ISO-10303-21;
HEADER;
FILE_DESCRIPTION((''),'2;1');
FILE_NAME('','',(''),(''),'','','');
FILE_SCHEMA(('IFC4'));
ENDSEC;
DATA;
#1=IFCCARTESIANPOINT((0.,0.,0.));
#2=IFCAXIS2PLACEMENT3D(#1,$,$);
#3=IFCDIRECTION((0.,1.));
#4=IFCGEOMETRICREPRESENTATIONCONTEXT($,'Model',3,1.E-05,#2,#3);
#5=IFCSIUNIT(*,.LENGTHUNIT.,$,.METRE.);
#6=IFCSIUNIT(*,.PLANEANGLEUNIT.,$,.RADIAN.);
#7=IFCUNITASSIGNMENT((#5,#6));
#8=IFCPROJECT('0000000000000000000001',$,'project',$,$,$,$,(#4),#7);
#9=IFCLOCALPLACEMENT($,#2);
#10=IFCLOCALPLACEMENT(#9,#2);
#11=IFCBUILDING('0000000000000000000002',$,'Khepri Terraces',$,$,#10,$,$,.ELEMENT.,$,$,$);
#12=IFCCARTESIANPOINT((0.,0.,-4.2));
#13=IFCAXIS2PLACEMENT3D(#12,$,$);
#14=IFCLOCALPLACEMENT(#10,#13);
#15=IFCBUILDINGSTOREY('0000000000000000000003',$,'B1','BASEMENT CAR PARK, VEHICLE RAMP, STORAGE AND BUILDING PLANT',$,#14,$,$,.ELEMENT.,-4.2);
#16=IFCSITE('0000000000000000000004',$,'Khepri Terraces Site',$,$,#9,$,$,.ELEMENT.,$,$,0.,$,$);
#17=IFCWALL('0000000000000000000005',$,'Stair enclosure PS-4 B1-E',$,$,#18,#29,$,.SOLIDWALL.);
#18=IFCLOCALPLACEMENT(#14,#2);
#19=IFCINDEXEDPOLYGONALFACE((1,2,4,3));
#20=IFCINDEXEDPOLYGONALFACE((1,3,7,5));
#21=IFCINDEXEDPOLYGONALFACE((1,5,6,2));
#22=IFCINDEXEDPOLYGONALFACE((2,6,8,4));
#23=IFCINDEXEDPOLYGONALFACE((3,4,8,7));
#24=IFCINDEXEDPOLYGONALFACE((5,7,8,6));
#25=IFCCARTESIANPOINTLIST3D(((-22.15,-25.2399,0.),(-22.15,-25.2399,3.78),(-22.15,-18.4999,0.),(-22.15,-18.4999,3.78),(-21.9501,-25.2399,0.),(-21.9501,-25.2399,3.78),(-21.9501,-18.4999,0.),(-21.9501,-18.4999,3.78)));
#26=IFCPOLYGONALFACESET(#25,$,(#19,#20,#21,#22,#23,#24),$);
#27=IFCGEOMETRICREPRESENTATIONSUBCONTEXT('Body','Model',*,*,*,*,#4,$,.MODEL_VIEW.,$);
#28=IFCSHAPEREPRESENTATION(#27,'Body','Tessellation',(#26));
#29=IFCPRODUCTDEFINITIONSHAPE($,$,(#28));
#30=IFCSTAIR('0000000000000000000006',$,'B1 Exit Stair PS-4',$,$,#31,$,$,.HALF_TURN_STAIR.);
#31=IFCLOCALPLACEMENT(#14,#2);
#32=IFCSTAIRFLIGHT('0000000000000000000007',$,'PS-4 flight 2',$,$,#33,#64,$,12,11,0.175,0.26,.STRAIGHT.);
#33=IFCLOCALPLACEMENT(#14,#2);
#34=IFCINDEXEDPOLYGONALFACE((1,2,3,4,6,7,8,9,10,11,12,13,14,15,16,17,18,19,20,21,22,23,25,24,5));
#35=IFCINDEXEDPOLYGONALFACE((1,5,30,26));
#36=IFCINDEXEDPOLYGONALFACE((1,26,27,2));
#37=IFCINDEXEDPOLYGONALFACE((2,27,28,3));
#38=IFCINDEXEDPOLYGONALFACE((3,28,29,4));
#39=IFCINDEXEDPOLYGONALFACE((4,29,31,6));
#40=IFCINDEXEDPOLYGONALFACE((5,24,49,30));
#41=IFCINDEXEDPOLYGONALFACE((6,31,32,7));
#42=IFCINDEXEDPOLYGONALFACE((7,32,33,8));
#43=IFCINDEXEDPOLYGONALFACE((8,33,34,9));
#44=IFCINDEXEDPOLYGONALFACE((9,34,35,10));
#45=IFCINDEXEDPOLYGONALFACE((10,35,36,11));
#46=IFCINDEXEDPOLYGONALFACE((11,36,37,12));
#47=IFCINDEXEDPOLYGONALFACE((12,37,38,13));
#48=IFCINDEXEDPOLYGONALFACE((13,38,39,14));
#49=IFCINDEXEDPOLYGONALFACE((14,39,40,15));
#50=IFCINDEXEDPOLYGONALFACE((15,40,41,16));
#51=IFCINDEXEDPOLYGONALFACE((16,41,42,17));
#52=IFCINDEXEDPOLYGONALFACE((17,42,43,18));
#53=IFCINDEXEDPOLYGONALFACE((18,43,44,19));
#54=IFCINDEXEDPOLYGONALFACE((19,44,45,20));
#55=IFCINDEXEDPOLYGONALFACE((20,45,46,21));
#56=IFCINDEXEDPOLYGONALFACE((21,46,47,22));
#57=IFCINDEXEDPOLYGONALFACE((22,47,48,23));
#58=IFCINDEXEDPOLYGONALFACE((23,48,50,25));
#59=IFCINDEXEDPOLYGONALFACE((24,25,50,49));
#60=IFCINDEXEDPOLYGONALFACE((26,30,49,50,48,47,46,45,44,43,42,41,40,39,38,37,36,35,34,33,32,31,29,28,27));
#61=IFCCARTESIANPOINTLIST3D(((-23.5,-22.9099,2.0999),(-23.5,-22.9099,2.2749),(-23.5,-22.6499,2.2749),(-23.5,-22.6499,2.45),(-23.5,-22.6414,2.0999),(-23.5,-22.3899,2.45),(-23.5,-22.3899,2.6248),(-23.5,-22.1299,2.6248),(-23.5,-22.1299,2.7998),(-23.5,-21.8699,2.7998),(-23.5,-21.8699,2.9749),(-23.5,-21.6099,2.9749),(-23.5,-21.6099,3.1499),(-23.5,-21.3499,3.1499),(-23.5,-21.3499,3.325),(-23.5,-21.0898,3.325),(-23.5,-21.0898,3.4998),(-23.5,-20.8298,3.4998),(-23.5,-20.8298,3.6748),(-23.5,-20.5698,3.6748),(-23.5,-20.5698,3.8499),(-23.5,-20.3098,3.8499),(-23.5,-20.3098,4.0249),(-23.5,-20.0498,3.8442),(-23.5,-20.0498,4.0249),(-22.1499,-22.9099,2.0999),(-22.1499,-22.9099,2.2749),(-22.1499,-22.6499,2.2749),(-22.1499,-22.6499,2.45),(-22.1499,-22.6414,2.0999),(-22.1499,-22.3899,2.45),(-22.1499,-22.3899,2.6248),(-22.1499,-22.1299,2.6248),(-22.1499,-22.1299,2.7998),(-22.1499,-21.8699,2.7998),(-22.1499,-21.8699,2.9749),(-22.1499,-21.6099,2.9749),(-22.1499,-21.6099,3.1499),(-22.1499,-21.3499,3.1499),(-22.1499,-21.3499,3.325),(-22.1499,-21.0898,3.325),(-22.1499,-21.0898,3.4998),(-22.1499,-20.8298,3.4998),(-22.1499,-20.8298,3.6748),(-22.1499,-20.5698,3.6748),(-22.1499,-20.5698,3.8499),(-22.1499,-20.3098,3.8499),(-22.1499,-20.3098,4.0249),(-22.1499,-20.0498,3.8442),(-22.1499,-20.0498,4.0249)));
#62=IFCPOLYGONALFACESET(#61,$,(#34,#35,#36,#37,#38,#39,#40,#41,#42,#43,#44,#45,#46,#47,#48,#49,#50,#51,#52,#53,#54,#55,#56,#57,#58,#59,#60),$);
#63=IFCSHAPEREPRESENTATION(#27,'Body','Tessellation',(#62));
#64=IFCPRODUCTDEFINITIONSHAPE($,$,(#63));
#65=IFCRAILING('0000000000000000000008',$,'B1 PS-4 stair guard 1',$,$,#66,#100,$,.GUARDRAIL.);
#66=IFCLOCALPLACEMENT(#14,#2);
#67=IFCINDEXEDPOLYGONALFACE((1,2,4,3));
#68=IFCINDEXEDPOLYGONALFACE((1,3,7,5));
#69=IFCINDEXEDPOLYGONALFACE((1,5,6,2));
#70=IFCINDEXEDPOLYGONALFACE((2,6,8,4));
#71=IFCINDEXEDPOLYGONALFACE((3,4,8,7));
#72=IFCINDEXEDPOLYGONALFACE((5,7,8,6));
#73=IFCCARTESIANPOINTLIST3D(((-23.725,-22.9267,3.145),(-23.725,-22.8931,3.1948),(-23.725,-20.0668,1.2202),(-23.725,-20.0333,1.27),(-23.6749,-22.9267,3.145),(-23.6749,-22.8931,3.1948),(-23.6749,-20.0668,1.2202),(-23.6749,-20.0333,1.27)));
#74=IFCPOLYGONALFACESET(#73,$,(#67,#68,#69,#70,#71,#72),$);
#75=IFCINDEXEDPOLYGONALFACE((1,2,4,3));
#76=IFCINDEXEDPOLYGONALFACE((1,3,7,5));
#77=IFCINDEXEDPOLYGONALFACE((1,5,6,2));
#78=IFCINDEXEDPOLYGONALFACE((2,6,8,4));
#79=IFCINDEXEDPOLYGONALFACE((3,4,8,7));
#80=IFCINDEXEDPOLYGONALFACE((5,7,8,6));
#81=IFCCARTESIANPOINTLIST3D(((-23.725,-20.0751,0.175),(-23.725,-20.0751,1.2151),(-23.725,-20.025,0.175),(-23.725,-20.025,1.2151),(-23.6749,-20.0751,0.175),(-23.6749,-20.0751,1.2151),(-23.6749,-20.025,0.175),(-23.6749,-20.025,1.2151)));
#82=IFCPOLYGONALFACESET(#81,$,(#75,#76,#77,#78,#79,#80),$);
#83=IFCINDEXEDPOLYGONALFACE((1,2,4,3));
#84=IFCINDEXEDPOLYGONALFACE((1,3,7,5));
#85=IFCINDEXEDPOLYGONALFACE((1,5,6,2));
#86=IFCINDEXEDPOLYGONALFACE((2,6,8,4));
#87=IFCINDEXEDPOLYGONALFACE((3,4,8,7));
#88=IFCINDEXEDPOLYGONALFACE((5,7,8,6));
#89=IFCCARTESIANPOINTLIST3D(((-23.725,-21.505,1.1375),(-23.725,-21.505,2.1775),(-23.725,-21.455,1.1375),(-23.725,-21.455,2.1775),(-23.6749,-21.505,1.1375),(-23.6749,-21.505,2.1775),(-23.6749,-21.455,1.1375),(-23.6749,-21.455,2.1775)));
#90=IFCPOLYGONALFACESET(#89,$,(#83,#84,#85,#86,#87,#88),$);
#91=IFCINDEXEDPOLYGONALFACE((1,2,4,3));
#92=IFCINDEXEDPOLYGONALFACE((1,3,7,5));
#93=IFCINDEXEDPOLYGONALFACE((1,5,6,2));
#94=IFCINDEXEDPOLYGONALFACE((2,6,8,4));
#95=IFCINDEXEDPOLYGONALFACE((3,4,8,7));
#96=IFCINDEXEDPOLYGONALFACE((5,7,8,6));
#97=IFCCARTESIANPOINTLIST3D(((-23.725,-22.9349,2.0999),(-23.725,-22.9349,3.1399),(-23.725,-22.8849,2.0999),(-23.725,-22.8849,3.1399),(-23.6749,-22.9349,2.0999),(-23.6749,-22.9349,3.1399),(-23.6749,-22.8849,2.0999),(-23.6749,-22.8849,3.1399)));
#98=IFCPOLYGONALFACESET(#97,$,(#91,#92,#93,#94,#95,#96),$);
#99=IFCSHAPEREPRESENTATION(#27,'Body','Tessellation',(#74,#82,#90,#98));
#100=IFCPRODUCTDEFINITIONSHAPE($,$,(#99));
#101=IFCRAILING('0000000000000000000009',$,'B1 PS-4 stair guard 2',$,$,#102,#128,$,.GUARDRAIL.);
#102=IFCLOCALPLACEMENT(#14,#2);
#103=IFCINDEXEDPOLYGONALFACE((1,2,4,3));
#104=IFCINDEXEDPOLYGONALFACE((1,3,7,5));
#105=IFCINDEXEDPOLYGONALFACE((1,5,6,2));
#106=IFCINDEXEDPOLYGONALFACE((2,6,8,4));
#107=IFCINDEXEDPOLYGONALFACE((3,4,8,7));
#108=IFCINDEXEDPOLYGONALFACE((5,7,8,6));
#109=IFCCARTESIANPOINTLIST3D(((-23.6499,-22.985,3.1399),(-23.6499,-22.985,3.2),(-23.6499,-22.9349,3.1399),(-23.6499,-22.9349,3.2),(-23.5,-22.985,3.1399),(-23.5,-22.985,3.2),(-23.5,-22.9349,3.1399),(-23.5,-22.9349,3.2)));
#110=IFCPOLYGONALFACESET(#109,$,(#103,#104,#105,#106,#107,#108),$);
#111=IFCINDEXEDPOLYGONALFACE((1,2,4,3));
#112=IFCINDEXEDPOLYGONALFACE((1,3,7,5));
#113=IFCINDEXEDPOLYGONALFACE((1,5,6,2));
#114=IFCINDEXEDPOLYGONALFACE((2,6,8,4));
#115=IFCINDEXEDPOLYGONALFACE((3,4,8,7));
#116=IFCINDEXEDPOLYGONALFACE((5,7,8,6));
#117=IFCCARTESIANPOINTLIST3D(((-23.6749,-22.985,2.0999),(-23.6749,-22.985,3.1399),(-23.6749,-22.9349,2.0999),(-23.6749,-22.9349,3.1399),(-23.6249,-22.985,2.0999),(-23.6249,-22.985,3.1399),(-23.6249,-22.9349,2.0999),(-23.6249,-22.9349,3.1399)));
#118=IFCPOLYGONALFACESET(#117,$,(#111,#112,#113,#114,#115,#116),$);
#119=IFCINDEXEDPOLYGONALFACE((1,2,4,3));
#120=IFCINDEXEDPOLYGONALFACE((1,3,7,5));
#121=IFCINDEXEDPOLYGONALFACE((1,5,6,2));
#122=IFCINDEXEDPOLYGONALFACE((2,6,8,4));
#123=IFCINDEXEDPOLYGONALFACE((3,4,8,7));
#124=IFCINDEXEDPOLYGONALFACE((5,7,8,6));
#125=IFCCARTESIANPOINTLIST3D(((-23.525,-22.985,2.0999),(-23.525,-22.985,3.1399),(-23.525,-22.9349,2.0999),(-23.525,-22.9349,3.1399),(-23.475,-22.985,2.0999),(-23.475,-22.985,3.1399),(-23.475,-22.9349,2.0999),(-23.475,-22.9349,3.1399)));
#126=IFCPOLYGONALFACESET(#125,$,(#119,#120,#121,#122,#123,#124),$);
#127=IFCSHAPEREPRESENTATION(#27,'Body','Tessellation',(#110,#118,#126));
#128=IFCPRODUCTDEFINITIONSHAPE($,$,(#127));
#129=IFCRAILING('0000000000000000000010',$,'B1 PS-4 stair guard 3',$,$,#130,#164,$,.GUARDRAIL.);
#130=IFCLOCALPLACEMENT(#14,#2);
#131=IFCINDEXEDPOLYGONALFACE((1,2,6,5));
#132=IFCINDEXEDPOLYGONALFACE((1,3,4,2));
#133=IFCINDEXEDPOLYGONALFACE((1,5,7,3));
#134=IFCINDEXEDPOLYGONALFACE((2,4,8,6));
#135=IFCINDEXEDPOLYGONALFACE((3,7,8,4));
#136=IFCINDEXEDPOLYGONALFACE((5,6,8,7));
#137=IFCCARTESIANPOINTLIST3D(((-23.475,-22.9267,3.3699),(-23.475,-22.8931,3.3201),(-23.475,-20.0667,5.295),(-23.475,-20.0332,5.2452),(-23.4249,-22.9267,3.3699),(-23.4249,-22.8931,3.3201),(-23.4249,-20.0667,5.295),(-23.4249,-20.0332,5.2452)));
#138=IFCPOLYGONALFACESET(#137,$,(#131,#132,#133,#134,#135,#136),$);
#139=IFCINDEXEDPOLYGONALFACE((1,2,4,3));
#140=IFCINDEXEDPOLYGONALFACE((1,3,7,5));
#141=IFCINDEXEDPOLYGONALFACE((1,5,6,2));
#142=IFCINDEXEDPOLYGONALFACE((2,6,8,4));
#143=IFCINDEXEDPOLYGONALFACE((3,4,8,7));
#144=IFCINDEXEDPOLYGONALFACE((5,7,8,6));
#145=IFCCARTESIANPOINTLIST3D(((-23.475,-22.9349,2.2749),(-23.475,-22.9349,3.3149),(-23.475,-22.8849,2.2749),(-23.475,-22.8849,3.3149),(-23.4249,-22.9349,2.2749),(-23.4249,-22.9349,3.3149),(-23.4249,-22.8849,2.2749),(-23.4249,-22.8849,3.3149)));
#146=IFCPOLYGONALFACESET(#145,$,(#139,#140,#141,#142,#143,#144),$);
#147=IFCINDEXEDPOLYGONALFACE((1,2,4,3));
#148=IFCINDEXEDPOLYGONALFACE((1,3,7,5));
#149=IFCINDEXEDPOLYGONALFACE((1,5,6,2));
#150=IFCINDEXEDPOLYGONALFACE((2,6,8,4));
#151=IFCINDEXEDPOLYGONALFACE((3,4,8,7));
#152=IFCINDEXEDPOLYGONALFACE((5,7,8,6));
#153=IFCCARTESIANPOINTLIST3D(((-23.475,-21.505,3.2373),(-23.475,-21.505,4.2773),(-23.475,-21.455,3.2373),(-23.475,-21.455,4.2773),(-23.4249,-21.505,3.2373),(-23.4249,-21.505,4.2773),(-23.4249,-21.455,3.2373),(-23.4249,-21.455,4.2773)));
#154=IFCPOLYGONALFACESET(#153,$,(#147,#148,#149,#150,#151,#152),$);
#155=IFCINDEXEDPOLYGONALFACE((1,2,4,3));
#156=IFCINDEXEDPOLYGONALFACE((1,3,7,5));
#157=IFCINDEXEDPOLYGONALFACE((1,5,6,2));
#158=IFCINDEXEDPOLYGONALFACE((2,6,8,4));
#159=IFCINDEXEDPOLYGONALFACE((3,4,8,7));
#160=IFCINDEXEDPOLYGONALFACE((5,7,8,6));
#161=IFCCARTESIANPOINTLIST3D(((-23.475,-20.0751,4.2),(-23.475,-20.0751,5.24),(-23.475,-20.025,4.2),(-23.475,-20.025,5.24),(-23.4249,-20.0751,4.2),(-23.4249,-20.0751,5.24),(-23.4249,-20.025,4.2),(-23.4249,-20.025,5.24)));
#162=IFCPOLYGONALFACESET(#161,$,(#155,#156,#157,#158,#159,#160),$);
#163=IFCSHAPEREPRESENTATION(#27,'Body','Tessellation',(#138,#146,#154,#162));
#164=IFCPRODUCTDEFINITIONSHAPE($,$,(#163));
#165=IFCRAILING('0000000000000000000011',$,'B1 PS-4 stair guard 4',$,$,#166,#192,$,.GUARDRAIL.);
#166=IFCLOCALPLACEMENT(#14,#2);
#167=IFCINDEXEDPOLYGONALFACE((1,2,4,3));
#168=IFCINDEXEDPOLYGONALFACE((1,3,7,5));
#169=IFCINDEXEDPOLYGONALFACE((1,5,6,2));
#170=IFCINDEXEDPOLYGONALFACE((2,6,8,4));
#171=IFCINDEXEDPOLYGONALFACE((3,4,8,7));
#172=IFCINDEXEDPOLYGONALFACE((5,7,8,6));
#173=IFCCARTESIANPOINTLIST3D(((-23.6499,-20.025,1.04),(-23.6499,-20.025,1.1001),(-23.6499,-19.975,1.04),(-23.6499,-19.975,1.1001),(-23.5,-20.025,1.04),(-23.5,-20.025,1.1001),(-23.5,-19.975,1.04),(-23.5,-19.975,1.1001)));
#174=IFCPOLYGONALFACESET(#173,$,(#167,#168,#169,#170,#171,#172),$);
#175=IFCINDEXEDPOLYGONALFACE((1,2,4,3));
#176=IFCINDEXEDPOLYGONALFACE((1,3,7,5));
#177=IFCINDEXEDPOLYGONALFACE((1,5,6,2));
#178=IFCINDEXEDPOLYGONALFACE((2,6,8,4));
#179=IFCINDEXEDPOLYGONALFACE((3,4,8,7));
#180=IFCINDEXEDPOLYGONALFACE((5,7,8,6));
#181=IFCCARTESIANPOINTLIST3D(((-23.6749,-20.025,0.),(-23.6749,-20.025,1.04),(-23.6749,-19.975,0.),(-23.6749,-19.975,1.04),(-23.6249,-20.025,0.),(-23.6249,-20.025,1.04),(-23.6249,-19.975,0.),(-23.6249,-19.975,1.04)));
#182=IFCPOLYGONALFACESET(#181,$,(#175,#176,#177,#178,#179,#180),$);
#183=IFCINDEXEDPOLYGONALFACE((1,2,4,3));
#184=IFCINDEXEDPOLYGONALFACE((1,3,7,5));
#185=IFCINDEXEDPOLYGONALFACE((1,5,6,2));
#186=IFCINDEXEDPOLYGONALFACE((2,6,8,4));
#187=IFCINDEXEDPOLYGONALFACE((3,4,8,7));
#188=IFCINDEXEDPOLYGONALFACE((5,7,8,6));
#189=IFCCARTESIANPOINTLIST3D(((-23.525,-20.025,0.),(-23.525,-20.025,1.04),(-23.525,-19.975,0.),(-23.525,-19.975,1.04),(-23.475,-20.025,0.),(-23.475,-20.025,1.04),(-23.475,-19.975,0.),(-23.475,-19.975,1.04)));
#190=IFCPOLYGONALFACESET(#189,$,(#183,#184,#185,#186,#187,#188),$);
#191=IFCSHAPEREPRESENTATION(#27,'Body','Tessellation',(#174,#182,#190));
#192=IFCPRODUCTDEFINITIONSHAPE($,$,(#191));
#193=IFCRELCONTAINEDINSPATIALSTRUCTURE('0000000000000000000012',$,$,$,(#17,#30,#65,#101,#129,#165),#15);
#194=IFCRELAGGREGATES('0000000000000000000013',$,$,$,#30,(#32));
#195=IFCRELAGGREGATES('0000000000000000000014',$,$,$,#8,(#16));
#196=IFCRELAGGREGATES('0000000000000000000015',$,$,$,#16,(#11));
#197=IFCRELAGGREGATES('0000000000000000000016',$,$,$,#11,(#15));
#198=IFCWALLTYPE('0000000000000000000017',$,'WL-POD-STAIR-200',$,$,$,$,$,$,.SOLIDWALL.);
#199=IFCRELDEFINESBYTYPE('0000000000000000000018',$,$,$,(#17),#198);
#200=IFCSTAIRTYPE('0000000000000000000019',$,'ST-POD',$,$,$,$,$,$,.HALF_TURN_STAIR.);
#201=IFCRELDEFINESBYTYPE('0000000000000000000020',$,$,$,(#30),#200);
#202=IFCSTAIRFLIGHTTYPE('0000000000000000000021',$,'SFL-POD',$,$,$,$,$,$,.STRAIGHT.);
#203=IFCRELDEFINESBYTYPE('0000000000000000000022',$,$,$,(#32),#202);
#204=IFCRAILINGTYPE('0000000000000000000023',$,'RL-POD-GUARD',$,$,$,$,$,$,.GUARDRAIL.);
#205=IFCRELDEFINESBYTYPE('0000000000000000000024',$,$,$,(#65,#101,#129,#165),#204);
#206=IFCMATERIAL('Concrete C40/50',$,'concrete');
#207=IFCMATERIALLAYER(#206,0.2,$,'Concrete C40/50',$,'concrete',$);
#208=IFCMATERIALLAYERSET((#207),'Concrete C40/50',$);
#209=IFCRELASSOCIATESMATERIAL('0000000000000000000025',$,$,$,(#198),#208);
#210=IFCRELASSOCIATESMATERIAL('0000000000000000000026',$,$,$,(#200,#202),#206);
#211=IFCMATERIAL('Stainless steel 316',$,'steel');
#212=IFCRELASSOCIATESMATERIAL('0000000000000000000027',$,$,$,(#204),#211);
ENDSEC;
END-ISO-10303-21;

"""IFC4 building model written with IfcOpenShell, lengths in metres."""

from ifc_helpers import new_model, si_unit, direction, frame, frame_2d, origin, origin_2d, place, context, subcontext, project, spatial, polyline, rectangle, outline, extrude, material, layer, layer_set, type_object, element, aggregate, save


model = new_model("IFC4")

# Units and contexts
model_context = context("Model", 3, precision=1e-05, world=origin(), true_north=direction((0.0, 1.0)))
body_context = subcontext(model_context, "Body", "Model", "MODEL_VIEW")
ifc_project = project(units=[si_unit("LENGTHUNIT", "METRE"), si_unit("PLANEANGLEUNIT", "RADIAN")], contexts=[model_context])

# Site, building, storey
site_placement = place(None, origin())
site = spatial("IfcSite", under=ifc_project, at=site_placement, Name="Khepri Terraces Site", CompositionType="ELEMENT", RefElevation=0.0)
building_placement = place(site_placement, origin())
building = spatial("IfcBuilding", under=site, at=building_placement, Name="Khepri Terraces", CompositionType="ELEMENT")
storey_placement = place(building_placement, frame((0.0, 0.0, -4.2)))
storey = spatial("IfcBuildingStorey", under=building, at=storey_placement, Name="B1", Description="BASEMENT CAR PARK, VEHICLE RAMP, STORAGE AND BUILDING PLANT", CompositionType="ELEMENT", Elevation=-4.2)

# Wall
ifc_material_1 = material(Name="Concrete C40/50", Category="concrete")
ifc_layer_1 = layer(ifc_material_1, 0.2, Name="Concrete C40/50", Category="concrete")
ifc_layer_set_1 = layer_set([ifc_layer_1], Name="Concrete C40/50")
wall_type_1 = type_object("IfcWallType", Name="WL-POD-STAIR-200", PredefinedType="SOLIDWALL", material=ifc_layer_set_1)
wall_1_placement = place(storey_placement, frame((-22.05, -25.24, 0.0), z_axis=(0.0, 0.0, 1.0), x_axis=(0.0, 1.0, 0.0)))
element("IfcWall", 1, at=wall_1_placement, inside=storey, type_object=wall_type_1, Name="Stair enclosure PS-4 B1-E", PredefinedType="SOLIDWALL", context=body_context, shape_type="SweptSolid", body=[
    extrude(rectangle(XDim=6.74, YDim=0.2, at=frame_2d((3.3701, 0.0))), origin(), (0.0, 0.0, 1.0), 3.78),
])

# Stair, stair flight
stair_type = type_object("IfcStairType", Name="ST-POD", PredefinedType="HALF_TURN_STAIR", material=ifc_material_1)
stair_placement = place(storey_placement, origin())
stair = element("IfcStair", 2, at=stair_placement, inside=storey, type_object=stair_type, Name="B1 Exit Stair PS-4", PredefinedType="HALF_TURN_STAIR")
stair_flight_type = type_object("IfcStairFlightType", Name="SFL-POD", PredefinedType="STRAIGHT", material=ifc_material_1)
stair_flight_placement = place(storey_placement, frame((-22.825, -22.9099, 2.0999), z_axis=(0.0, 0.0, 1.0), x_axis=(0.0, 1.0, 0.0)))
stair_flight = element("IfcStairFlight", 3, at=stair_flight_placement, type_object=stair_flight_type, Name="PS-4 flight 2", NumberOfRisers=12, NumberOfTreads=11, PredefinedType="STRAIGHT", RiserHeight=0.175, TreadLength=0.26, context=body_context, shape_type="SweptSolid", body=[
    extrude(outline(polyline([(0.0, 0.0), (0.0, 0.175), (0.26, 0.175), (0.26, 0.3501), (0.52, 0.3501), (0.52, 0.5249), (0.78, 0.5249), (0.78, 0.7), (1.04, 0.7), (1.04, 0.875), (1.3, 0.875), (1.3, 1.05), (1.5601, 1.05), (1.5601, 1.2251), (1.8201, 1.2251), (1.8201, 1.3999), (2.0801, 1.3999), (2.0801, 1.575), (2.3401, 1.575), (2.3401, 1.75), (2.6001, 1.75), (2.6001, 1.925), (2.8601, 1.925), (2.8601, 2.1001), (2.8601, 1.7444), (0.2686, 0.0), (0.0, 0.0)])), frame((0.0, 0.675, 0.0), z_axis=(0.0, -1.0, 0.0), x_axis=(1.0, 0.0, 0.0)), (0.0, 0.0, 1.0), 1.3501),
])
aggregate(stair, [stair_flight])

# Railings
ifc_material_2 = material(Name="Stainless steel 316", Category="steel")
railing_type_1 = type_object("IfcRailingType", Name="RL-POD-GUARD", PredefinedType="GUARDRAIL", material=ifc_material_2)
railing_1_placement = place(storey_placement, frame((-23.7, -20.05, 0.175)))
element("IfcRailing", 4, at=railing_1_placement, inside=storey, type_object=railing_type_1, Name="B1 PS-4 stair guard 1", PredefinedType="GUARDRAIL", context=body_context, shape_type="SweptSolid", body=[
    extrude(rectangle(XDim=0.05, YDim=0.0601, at=origin_2d()), frame((0.0, 0.0, 1.0701), z_axis=(0.0, -0.829602, 0.558356), x_axis=(1.0, 0.0, 0.0)), (0.0, 0.0, 1.0), 3.4473),
    extrude(rectangle(XDim=0.05, YDim=0.05, at=origin_2d()), origin(), (0.0, 0.0, 1.0), 1.04),
    extrude(rectangle(XDim=0.05, YDim=0.05, at=origin_2d()), frame((0.0, -1.4299, 0.9624)), (0.0, 0.0, 1.0), 1.04),
    extrude(rectangle(XDim=0.05, YDim=0.05, at=origin_2d()), frame((0.0, -2.8599, 1.9248)), (0.0, 0.0, 1.0), 1.04),
])
railing_2_placement = place(storey_placement, frame((-23.6499, -22.96, 2.0999)))
element("IfcRailing", 5, at=railing_2_placement, inside=storey, type_object=railing_type_1, Name="B1 PS-4 stair guard 2", PredefinedType="GUARDRAIL", context=body_context, shape_type="SweptSolid", body=[
    extrude(rectangle(XDim=0.05, YDim=0.0601, at=origin_2d()), frame((0.0, 0.0, 1.0701), z_axis=(1.0, 0.0, 0.0), x_axis=(0.0, 1.0, 0.0)), (0.0, 0.0, 1.0), 0.1499),
    extrude(rectangle(XDim=0.05, YDim=0.05, at=origin_2d()), origin(), (0.0, 0.0, 1.0), 1.04),
    extrude(rectangle(XDim=0.05, YDim=0.05, at=origin_2d()), frame((0.1499, 0.0, 0.0)), (0.0, 0.0, 1.0), 1.04),
])
railing_3_placement = place(storey_placement, frame((-23.45, -22.9099, 2.2749)))
element("IfcRailing", 6, at=railing_3_placement, inside=storey, type_object=railing_type_1, Name="B1 PS-4 stair guard 3", PredefinedType="GUARDRAIL", context=body_context, shape_type="SweptSolid", body=[
    extrude(rectangle(XDim=0.05, YDim=0.0601, at=origin_2d()), frame((0.0, 0.0, 1.0701), z_axis=(0.0, 0.829569, 0.558404), x_axis=(-1.0, 0.0, 0.0)), (0.0, 0.0, 1.0), 3.4475),
    extrude(rectangle(XDim=0.05, YDim=0.05, at=origin_2d()), origin(), (0.0, 0.0, 1.0), 1.04),
    extrude(rectangle(XDim=0.05, YDim=0.05, at=origin_2d()), frame((0.0, 1.4299, 0.9624)), (0.0, 0.0, 1.0), 1.04),
    extrude(rectangle(XDim=0.05, YDim=0.05, at=origin_2d()), frame((0.0, 2.8599, 1.925)), (0.0, 0.0, 1.0), 1.04),
])
railing_4_placement = place(storey_placement, frame((-23.6499, -20.0, 0.0)))
element("IfcRailing", 7, at=railing_4_placement, inside=storey, type_object=railing_type_1, Name="B1 PS-4 stair guard 4", PredefinedType="GUARDRAIL", context=body_context, shape_type="SweptSolid", body=[
    extrude(rectangle(XDim=0.05, YDim=0.0601, at=origin_2d()), frame((0.0, 0.0, 1.0701), z_axis=(1.0, 0.0, 0.0), x_axis=(0.0, 1.0, 0.0)), (0.0, 0.0, 1.0), 0.1499),
    extrude(rectangle(XDim=0.05, YDim=0.05, at=origin_2d()), origin(), (0.0, 0.0, 1.0), 1.04),
    extrude(rectangle(XDim=0.05, YDim=0.05, at=origin_2d()), frame((0.1499, 0.0, 0.0)), (0.0, 0.0, 1.0), 1.04),
])

save(model, "model.ifc")
